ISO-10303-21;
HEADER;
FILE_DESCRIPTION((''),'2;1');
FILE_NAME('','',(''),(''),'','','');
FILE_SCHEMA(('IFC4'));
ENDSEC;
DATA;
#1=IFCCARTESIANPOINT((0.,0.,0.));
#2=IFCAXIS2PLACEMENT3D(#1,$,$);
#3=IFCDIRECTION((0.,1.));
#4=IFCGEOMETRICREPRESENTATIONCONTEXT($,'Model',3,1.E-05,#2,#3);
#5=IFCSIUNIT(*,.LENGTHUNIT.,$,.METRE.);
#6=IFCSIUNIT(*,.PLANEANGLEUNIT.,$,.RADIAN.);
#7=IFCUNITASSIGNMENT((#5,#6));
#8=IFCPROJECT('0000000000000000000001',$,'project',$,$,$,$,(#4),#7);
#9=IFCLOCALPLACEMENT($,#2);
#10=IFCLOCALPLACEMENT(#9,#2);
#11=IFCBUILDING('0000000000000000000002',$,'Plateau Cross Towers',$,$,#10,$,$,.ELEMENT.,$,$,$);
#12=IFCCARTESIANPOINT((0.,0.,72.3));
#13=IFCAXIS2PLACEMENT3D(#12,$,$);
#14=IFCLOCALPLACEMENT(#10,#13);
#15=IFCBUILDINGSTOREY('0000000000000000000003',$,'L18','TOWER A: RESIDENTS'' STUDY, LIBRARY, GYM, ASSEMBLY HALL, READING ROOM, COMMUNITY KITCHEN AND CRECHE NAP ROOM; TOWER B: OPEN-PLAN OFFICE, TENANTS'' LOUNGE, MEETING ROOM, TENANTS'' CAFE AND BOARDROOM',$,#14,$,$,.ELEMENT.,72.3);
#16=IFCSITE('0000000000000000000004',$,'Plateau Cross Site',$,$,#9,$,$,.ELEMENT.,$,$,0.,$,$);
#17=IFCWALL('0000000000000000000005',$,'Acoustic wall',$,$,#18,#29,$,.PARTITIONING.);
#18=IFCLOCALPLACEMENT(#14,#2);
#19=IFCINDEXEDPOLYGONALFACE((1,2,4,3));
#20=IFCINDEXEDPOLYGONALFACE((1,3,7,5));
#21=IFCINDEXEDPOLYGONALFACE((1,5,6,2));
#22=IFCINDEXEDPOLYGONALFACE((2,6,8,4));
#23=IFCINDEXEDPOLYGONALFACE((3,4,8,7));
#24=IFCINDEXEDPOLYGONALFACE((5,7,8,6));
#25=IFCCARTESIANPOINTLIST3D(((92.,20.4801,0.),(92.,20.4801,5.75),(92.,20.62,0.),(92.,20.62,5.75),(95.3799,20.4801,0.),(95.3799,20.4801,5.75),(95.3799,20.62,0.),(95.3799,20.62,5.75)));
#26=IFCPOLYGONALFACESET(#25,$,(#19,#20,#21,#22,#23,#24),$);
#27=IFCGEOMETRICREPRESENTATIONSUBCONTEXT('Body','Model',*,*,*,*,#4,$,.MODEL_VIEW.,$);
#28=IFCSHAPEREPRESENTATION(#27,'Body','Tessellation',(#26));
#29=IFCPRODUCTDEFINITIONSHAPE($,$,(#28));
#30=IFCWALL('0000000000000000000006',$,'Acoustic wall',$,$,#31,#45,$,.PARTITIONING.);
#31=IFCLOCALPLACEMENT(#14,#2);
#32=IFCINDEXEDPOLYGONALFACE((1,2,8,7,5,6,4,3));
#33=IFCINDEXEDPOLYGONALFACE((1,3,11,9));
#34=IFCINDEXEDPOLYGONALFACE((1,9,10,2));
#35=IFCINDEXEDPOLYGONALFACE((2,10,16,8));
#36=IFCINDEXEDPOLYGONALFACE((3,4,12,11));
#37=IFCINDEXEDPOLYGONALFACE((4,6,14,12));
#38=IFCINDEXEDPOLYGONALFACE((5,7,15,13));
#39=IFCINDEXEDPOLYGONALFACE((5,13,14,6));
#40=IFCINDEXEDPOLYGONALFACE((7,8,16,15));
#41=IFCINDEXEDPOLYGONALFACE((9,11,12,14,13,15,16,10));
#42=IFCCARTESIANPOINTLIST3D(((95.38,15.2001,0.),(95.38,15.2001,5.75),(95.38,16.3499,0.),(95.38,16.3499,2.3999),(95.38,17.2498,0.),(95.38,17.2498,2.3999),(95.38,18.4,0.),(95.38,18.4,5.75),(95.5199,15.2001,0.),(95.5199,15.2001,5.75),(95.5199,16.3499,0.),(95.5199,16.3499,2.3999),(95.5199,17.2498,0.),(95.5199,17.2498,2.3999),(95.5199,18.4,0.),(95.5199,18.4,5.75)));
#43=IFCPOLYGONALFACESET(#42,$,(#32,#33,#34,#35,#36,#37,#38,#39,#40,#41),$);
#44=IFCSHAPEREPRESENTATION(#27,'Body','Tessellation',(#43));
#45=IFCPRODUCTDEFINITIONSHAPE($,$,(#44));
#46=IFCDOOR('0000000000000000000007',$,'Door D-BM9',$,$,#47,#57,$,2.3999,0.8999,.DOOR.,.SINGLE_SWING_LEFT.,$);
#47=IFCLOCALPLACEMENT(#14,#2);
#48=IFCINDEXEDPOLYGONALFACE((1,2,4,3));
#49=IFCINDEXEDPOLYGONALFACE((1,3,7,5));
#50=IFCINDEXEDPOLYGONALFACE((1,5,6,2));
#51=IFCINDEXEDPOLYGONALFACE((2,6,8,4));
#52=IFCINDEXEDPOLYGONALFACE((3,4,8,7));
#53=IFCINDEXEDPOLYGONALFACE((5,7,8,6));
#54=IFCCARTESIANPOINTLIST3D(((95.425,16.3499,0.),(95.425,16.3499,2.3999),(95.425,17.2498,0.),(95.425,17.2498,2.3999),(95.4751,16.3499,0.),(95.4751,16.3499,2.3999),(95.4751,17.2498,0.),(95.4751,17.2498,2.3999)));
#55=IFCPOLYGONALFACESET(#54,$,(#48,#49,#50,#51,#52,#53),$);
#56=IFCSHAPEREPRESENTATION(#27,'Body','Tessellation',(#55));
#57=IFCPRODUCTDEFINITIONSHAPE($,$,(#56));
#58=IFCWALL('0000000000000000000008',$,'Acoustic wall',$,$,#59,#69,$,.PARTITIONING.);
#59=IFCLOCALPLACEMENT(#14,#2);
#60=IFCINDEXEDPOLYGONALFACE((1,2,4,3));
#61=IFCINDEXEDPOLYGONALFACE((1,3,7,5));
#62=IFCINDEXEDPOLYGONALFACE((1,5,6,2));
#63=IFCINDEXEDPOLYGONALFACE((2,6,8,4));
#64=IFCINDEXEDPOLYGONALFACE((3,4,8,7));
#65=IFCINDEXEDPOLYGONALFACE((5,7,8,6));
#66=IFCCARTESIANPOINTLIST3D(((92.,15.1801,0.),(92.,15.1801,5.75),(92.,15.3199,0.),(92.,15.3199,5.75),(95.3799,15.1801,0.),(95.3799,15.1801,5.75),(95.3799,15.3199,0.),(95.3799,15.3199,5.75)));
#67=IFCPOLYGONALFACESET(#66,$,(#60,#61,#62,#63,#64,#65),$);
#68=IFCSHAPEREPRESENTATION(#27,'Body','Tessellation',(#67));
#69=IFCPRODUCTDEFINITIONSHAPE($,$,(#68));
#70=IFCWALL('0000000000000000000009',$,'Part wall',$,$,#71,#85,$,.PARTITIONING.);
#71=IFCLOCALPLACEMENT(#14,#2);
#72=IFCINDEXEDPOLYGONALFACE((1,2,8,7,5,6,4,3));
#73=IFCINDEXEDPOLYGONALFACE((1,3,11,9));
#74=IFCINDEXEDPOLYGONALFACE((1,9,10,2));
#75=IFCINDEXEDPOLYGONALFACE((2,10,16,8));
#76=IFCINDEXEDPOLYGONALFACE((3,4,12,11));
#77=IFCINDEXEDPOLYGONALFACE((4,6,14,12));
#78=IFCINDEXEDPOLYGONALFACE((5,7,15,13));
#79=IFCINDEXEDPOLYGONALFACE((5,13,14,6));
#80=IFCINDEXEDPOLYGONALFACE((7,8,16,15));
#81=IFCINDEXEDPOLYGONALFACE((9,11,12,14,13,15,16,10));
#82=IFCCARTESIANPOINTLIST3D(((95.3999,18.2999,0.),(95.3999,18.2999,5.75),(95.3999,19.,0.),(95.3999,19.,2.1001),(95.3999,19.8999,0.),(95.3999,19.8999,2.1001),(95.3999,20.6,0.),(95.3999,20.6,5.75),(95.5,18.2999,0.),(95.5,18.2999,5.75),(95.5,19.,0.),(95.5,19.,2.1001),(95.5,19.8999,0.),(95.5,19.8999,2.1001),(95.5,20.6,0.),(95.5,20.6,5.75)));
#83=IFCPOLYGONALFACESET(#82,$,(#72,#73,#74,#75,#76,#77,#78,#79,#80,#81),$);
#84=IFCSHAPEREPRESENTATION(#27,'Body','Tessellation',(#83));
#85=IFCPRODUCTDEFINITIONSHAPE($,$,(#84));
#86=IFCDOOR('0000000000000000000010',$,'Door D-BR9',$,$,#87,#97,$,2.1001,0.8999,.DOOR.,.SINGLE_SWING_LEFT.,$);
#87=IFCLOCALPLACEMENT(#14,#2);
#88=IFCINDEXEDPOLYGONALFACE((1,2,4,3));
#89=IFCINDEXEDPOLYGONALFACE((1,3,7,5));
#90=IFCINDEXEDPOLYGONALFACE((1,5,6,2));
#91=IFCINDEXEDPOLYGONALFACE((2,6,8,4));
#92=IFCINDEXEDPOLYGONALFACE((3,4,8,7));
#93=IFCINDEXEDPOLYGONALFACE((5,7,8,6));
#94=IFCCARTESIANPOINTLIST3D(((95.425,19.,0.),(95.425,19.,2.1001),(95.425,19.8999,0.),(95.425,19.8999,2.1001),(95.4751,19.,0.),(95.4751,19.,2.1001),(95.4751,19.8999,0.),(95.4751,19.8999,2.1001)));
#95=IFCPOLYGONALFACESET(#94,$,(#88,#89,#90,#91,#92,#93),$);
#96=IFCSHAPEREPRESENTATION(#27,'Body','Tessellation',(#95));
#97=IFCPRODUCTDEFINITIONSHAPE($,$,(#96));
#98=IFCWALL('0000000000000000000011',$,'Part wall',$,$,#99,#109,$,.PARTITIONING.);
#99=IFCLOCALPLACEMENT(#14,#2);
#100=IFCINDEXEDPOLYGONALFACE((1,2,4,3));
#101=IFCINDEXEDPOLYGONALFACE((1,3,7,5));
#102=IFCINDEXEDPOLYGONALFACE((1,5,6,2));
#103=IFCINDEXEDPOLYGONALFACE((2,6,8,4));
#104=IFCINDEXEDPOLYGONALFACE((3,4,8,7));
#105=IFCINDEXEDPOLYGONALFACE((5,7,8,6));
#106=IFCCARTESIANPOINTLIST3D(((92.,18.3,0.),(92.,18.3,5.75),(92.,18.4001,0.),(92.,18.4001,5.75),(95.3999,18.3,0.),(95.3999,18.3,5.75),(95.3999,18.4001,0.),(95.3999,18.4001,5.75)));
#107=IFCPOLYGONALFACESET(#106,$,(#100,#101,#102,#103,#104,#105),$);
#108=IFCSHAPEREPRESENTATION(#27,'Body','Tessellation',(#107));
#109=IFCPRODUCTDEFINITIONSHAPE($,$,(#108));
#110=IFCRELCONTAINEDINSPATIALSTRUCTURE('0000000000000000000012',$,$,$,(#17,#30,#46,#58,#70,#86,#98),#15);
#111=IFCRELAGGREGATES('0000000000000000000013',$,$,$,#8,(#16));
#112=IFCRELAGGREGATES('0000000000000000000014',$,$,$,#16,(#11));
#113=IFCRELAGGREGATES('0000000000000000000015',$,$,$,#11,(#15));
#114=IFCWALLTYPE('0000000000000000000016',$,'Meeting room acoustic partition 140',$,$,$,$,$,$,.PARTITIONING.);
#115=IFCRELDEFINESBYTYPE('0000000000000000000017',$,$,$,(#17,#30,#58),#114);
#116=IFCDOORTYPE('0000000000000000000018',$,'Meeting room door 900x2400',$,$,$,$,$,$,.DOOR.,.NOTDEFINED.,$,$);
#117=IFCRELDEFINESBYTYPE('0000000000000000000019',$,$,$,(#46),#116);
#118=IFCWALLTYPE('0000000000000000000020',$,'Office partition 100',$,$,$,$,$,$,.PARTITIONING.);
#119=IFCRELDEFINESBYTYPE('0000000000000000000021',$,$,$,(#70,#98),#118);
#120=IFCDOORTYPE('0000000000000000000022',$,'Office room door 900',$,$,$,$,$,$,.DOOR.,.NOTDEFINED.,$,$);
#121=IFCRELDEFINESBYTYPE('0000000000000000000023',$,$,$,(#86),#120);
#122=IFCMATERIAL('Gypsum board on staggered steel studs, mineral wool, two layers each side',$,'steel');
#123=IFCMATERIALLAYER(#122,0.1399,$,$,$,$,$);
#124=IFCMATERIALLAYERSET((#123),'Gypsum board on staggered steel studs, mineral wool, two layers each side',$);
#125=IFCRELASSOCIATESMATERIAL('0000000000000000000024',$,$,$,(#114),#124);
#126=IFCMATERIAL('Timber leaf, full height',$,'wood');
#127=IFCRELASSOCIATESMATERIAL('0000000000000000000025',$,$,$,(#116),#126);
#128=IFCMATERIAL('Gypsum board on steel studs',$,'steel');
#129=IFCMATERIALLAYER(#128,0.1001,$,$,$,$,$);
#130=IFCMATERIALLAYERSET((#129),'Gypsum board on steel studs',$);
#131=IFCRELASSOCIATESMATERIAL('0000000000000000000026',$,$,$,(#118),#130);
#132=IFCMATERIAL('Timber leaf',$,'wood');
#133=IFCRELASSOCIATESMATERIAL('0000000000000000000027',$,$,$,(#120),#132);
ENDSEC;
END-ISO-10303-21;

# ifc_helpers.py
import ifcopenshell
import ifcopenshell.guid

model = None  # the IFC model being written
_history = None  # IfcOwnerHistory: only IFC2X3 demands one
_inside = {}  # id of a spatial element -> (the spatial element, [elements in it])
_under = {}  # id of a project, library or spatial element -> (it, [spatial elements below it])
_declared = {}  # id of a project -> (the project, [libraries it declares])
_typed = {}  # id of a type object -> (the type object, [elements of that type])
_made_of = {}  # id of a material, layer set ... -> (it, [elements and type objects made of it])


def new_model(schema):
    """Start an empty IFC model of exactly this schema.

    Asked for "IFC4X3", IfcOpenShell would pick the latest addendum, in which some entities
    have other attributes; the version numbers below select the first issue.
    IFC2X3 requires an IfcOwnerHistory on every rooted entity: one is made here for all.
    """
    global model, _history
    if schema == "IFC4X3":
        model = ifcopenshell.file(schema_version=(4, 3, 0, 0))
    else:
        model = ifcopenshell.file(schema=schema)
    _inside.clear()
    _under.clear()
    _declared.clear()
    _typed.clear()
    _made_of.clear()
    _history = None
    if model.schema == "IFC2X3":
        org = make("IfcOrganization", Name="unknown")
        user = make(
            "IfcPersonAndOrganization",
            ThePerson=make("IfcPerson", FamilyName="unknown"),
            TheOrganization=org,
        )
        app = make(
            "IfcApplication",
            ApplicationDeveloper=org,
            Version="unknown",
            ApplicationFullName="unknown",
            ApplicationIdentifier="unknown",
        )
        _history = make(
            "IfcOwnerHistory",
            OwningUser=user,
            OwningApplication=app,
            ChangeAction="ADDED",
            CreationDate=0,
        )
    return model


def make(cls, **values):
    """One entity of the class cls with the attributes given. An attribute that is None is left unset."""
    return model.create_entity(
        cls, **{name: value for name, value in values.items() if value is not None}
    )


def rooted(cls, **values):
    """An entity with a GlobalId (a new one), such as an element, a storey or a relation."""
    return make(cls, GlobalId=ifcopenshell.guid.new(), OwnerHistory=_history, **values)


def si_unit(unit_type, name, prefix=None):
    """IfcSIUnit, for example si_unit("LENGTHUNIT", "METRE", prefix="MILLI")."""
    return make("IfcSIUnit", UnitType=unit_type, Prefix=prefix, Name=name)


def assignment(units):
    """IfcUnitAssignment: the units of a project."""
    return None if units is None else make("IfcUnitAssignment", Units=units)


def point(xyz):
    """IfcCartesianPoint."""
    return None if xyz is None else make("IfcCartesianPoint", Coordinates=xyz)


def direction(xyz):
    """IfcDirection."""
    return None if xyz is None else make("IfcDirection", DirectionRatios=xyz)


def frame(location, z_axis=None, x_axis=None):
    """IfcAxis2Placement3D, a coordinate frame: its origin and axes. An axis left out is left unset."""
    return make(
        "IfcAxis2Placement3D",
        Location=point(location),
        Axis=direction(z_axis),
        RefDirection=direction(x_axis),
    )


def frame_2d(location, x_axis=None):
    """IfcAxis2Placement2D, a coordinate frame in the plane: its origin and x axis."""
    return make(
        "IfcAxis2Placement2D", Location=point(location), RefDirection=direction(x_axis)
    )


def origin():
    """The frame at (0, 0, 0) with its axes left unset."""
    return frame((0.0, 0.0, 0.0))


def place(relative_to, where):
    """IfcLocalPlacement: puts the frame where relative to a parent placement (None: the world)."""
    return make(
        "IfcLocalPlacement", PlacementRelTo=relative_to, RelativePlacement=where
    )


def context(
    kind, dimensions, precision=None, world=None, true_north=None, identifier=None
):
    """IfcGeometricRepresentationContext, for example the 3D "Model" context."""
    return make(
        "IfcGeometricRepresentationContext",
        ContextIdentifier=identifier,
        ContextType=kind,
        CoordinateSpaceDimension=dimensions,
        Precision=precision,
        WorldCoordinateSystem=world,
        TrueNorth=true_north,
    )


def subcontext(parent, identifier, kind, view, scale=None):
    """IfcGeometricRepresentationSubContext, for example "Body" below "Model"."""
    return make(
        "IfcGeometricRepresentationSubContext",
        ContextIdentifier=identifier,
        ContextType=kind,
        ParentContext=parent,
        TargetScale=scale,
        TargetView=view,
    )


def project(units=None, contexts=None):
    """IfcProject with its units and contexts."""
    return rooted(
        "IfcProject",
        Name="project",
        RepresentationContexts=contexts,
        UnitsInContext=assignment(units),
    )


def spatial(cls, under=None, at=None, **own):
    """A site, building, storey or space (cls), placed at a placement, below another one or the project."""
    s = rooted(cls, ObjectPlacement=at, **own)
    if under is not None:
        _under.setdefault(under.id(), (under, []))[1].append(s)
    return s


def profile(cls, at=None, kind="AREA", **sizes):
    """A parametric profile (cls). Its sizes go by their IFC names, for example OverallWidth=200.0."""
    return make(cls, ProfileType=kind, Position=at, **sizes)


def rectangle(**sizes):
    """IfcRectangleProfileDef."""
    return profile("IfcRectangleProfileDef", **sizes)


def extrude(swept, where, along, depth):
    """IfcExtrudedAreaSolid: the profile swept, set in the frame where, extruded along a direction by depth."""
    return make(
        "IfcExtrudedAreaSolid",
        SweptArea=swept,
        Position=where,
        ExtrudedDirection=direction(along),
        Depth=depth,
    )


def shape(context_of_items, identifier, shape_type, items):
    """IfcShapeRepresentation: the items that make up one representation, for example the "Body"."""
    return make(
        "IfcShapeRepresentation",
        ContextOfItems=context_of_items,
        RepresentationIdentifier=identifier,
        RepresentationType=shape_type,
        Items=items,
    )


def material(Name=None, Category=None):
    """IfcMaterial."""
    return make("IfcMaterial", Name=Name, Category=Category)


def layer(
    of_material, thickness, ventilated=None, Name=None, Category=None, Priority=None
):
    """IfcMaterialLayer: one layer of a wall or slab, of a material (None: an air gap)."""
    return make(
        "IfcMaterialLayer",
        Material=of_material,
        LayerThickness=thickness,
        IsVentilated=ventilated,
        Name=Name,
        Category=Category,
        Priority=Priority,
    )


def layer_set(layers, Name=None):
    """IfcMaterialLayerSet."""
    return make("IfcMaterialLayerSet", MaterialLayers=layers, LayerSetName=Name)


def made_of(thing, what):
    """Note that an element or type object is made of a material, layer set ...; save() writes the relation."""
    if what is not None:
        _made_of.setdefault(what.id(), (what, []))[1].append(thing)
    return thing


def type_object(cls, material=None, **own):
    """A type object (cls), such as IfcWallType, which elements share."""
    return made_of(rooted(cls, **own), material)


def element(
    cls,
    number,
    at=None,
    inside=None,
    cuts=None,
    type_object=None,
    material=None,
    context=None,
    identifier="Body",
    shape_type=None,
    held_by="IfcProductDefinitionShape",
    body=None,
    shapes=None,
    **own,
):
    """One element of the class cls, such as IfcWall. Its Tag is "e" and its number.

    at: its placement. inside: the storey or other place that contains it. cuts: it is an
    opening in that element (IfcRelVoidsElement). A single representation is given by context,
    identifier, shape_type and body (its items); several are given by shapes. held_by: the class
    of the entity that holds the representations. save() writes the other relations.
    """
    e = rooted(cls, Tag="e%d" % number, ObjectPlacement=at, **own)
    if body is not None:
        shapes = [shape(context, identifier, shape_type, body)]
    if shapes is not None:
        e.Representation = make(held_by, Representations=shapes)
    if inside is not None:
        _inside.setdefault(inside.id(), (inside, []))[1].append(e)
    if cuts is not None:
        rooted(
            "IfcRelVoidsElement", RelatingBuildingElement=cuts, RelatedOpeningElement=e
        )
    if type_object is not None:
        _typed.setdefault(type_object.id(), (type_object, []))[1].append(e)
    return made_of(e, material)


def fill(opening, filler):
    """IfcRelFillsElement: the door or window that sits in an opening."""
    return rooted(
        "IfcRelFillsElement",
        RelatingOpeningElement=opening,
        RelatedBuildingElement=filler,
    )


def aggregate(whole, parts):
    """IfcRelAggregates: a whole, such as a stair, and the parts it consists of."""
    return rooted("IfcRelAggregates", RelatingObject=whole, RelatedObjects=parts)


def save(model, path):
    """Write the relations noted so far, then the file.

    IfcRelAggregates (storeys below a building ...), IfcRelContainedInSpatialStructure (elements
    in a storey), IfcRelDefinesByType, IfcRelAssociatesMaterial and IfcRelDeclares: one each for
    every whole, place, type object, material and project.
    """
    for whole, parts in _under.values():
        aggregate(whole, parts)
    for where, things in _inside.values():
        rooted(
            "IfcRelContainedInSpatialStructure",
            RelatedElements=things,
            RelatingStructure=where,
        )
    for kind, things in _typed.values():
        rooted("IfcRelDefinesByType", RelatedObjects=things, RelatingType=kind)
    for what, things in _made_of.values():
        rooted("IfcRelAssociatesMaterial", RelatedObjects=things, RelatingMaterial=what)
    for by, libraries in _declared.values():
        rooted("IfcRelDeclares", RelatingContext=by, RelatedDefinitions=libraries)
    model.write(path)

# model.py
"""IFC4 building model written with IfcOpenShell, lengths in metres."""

from ifc_helpers import new_model, si_unit, direction, frame, frame_2d, origin, place, context, subcontext, project, spatial, rectangle, extrude, material, layer, layer_set, type_object, element, fill, save


model = new_model("IFC4")

# Units and contexts
model_context = context("Model", 3, precision=1e-05, world=origin(), true_north=direction((0.0, 1.0)))
body_context = subcontext(model_context, "Body", "Model", "MODEL_VIEW")
ifc_project = project(units=[si_unit("LENGTHUNIT", "METRE"), si_unit("PLANEANGLEUNIT", "RADIAN")], contexts=[model_context])

# Site, building, storey
site_placement = place(None, origin())
site = spatial("IfcSite", under=ifc_project, at=site_placement, Name="Plateau Cross Site", CompositionType="ELEMENT", RefElevation=0.0)
building_placement = place(site_placement, origin())
building = spatial("IfcBuilding", under=site, at=building_placement, Name="Plateau Cross Towers", CompositionType="ELEMENT")
storey_placement = place(building_placement, frame((0.0, 0.0, 72.3)))
storey = spatial("IfcBuildingStorey", under=building, at=storey_placement, Name="L18", Description="TOWER A: RESIDENTS' STUDY, LIBRARY, GYM, ASSEMBLY HALL, READING ROOM, COMMUNITY KITCHEN AND CRECHE NAP ROOM; TOWER B: OPEN-PLAN OFFICE, TENANTS' LOUNGE, MEETING ROOM, TENANTS' CAFE AND BOARDROOM", CompositionType="ELEMENT", Elevation=72.3)

# Shared definitions
ifc_material_1 = material(Name="Gypsum board on staggered steel studs, mineral wool, two layers each side", Category="steel")
ifc_layer_1 = layer(ifc_material_1, 0.1399)
ifc_layer_set_1 = layer_set([ifc_layer_1], Name="Gypsum board on staggered steel studs, mineral wool, two layers each side")
wall_type_1 = type_object("IfcWallType", Name="Meeting room acoustic partition 140", PredefinedType="PARTITIONING", material=ifc_layer_set_1)
ifc_material_2 = material(Name="Timber leaf, full height", Category="wood")
door_type_1 = type_object("IfcDoorType", Name="Meeting room door 900x2400", OperationType="NOTDEFINED", PredefinedType="DOOR", material=ifc_material_2)

# Wall
wall_1_placement = place(storey_placement, frame((92.0, 20.55, 0.0), z_axis=(0.0, 0.0, 1.0), x_axis=(1.0, 0.0, 0.0)))
element("IfcWall", 1, at=wall_1_placement, inside=storey, type_object=wall_type_1, Name="Acoustic wall", PredefinedType="PARTITIONING", context=body_context, shape_type="SweptSolid", body=[
    extrude(rectangle(XDim=3.3799, YDim=0.1399, at=frame_2d((1.6899, 0.0))), origin(), (0.0, 0.0, 1.0), 5.75),
])

# Wall, opening, door
wall_2_placement = place(storey_placement, frame((95.45, 15.2, 0.0), z_axis=(0.0, 0.0, 1.0), x_axis=(0.0, 1.0, 0.0)))
wall_2 = element("IfcWall", 2, at=wall_2_placement, inside=storey, type_object=wall_type_1, Name="Acoustic wall", PredefinedType="PARTITIONING", context=body_context, shape_type="SweptSolid", body=[
    extrude(rectangle(XDim=3.2, YDim=0.1399, at=frame_2d((1.6001, 0.0))), origin(), (0.0, 0.0, 1.0), 5.75),
])
opening_1_placement = place(wall_2_placement, frame((1.1499, 0.0, 0.0)))
opening_1 = element("IfcOpeningElement", 3, at=opening_1_placement, cuts=wall_2, PredefinedType="OPENING", context=body_context, shape_type="SweptSolid", body=[
    extrude(rectangle(XDim=0.8999, YDim=2.3999, at=frame_2d((0.45, 1.2))), frame((0.0, 0.0798, 0.0), z_axis=(0.0, -1.0, 0.0), x_axis=(1.0, 0.0, 0.0)), (0.0, 0.0, 1.0), 0.1599),
])
door_1_placement = place(opening_1_placement, origin())
door_1 = element("IfcDoor", 4, at=door_1_placement, inside=storey, type_object=door_type_1, Name="Door D-BM9", OperationType="SINGLE_SWING_LEFT", OverallHeight=2.3999, OverallWidth=0.8999, PredefinedType="DOOR", context=body_context, shape_type="SweptSolid", body=[
    extrude(rectangle(XDim=0.8999, YDim=2.3999, at=frame_2d((0.45, 1.2))), frame((0.0, 0.0249, 0.0), z_axis=(0.0, -1.0, 0.0), x_axis=(1.0, 0.0, 0.0)), (0.0, 0.0, 1.0), 0.05),
])
fill(opening_1, door_1)

# Wall
wall_3_placement = place(storey_placement, frame((92.0, 15.25, 0.0), z_axis=(0.0, 0.0, 1.0), x_axis=(1.0, 0.0, 0.0)))
element("IfcWall", 5, at=wall_3_placement, inside=storey, type_object=wall_type_1, Name="Acoustic wall", PredefinedType="PARTITIONING", context=body_context, shape_type="SweptSolid", body=[
    extrude(rectangle(XDim=3.3799, YDim=0.1399, at=frame_2d((1.6899, 0.0))), origin(), (0.0, 0.0, 1.0), 5.75),
])

# Wall, opening, door
ifc_material_3 = material(Name="Gypsum board on steel studs", Category="steel")
ifc_layer_2 = layer(ifc_material_3, 0.1001)
ifc_layer_set_2 = layer_set([ifc_layer_2], Name="Gypsum board on steel studs")
wall_type_2 = type_object("IfcWallType", Name="Office partition 100", PredefinedType="PARTITIONING", material=ifc_layer_set_2)
wall_4_placement = place(storey_placement, frame((95.45, 18.3, 0.0), z_axis=(0.0, 0.0, 1.0), x_axis=(0.0, 1.0, 0.0)))
wall_4 = element("IfcWall", 6, at=wall_4_placement, inside=storey, type_object=wall_type_2, Name="Part wall", PredefinedType="PARTITIONING", context=body_context, shape_type="SweptSolid", body=[
    extrude(rectangle(XDim=2.3, YDim=0.1001, at=frame_2d((1.1499, 0.0))), origin(), (0.0, 0.0, 1.0), 5.75),
])
opening_2_placement = place(wall_4_placement, frame((0.7, 0.0, 0.0)))
opening_2 = element("IfcOpeningElement", 7, at=opening_2_placement, cuts=wall_4, PredefinedType="OPENING", context=body_context, shape_type="SweptSolid", body=[
    extrude(rectangle(XDim=0.8999, YDim=2.1001, at=frame_2d((0.45, 1.05))), frame((0.0, 0.0601, 0.0), z_axis=(0.0, -1.0, 0.0), x_axis=(1.0, 0.0, 0.0)), (0.0, 0.0, 1.0), 0.1201),
])
ifc_material_4 = material(Name="Timber leaf", Category="wood")
door_type_2 = type_object("IfcDoorType", Name="Office room door 900", OperationType="NOTDEFINED", PredefinedType="DOOR", material=ifc_material_4)
door_2_placement = place(opening_2_placement, origin())
door_2 = element("IfcDoor", 8, at=door_2_placement, inside=storey, type_object=door_type_2, Name="Door D-BR9", OperationType="SINGLE_SWING_LEFT", OverallHeight=2.1001, OverallWidth=0.8999, PredefinedType="DOOR", context=body_context, shape_type="SweptSolid", body=[
    extrude(rectangle(XDim=0.8999, YDim=2.1001, at=frame_2d((0.45, 1.05))), frame((0.0, 0.0249, 0.0), z_axis=(0.0, -1.0, 0.0), x_axis=(1.0, 0.0, 0.0)), (0.0, 0.0, 1.0), 0.05),
])
fill(opening_2, door_2)

# Wall
wall_5_placement = place(storey_placement, frame((92.0, 18.3501, 0.0), z_axis=(0.0, 0.0, 1.0), x_axis=(1.0, 0.0, 0.0)))
element("IfcWall", 9, at=wall_5_placement, inside=storey, type_object=wall_type_2, Name="Part wall", PredefinedType="PARTITIONING", context=body_context, shape_type="SweptSolid", body=[
    extrude(rectangle(XDim=3.3999, YDim=0.1001, at=frame_2d((1.7, 0.0))), origin(), (0.0, 0.0, 1.0), 5.75),
])

save(model, "model.ifc")
